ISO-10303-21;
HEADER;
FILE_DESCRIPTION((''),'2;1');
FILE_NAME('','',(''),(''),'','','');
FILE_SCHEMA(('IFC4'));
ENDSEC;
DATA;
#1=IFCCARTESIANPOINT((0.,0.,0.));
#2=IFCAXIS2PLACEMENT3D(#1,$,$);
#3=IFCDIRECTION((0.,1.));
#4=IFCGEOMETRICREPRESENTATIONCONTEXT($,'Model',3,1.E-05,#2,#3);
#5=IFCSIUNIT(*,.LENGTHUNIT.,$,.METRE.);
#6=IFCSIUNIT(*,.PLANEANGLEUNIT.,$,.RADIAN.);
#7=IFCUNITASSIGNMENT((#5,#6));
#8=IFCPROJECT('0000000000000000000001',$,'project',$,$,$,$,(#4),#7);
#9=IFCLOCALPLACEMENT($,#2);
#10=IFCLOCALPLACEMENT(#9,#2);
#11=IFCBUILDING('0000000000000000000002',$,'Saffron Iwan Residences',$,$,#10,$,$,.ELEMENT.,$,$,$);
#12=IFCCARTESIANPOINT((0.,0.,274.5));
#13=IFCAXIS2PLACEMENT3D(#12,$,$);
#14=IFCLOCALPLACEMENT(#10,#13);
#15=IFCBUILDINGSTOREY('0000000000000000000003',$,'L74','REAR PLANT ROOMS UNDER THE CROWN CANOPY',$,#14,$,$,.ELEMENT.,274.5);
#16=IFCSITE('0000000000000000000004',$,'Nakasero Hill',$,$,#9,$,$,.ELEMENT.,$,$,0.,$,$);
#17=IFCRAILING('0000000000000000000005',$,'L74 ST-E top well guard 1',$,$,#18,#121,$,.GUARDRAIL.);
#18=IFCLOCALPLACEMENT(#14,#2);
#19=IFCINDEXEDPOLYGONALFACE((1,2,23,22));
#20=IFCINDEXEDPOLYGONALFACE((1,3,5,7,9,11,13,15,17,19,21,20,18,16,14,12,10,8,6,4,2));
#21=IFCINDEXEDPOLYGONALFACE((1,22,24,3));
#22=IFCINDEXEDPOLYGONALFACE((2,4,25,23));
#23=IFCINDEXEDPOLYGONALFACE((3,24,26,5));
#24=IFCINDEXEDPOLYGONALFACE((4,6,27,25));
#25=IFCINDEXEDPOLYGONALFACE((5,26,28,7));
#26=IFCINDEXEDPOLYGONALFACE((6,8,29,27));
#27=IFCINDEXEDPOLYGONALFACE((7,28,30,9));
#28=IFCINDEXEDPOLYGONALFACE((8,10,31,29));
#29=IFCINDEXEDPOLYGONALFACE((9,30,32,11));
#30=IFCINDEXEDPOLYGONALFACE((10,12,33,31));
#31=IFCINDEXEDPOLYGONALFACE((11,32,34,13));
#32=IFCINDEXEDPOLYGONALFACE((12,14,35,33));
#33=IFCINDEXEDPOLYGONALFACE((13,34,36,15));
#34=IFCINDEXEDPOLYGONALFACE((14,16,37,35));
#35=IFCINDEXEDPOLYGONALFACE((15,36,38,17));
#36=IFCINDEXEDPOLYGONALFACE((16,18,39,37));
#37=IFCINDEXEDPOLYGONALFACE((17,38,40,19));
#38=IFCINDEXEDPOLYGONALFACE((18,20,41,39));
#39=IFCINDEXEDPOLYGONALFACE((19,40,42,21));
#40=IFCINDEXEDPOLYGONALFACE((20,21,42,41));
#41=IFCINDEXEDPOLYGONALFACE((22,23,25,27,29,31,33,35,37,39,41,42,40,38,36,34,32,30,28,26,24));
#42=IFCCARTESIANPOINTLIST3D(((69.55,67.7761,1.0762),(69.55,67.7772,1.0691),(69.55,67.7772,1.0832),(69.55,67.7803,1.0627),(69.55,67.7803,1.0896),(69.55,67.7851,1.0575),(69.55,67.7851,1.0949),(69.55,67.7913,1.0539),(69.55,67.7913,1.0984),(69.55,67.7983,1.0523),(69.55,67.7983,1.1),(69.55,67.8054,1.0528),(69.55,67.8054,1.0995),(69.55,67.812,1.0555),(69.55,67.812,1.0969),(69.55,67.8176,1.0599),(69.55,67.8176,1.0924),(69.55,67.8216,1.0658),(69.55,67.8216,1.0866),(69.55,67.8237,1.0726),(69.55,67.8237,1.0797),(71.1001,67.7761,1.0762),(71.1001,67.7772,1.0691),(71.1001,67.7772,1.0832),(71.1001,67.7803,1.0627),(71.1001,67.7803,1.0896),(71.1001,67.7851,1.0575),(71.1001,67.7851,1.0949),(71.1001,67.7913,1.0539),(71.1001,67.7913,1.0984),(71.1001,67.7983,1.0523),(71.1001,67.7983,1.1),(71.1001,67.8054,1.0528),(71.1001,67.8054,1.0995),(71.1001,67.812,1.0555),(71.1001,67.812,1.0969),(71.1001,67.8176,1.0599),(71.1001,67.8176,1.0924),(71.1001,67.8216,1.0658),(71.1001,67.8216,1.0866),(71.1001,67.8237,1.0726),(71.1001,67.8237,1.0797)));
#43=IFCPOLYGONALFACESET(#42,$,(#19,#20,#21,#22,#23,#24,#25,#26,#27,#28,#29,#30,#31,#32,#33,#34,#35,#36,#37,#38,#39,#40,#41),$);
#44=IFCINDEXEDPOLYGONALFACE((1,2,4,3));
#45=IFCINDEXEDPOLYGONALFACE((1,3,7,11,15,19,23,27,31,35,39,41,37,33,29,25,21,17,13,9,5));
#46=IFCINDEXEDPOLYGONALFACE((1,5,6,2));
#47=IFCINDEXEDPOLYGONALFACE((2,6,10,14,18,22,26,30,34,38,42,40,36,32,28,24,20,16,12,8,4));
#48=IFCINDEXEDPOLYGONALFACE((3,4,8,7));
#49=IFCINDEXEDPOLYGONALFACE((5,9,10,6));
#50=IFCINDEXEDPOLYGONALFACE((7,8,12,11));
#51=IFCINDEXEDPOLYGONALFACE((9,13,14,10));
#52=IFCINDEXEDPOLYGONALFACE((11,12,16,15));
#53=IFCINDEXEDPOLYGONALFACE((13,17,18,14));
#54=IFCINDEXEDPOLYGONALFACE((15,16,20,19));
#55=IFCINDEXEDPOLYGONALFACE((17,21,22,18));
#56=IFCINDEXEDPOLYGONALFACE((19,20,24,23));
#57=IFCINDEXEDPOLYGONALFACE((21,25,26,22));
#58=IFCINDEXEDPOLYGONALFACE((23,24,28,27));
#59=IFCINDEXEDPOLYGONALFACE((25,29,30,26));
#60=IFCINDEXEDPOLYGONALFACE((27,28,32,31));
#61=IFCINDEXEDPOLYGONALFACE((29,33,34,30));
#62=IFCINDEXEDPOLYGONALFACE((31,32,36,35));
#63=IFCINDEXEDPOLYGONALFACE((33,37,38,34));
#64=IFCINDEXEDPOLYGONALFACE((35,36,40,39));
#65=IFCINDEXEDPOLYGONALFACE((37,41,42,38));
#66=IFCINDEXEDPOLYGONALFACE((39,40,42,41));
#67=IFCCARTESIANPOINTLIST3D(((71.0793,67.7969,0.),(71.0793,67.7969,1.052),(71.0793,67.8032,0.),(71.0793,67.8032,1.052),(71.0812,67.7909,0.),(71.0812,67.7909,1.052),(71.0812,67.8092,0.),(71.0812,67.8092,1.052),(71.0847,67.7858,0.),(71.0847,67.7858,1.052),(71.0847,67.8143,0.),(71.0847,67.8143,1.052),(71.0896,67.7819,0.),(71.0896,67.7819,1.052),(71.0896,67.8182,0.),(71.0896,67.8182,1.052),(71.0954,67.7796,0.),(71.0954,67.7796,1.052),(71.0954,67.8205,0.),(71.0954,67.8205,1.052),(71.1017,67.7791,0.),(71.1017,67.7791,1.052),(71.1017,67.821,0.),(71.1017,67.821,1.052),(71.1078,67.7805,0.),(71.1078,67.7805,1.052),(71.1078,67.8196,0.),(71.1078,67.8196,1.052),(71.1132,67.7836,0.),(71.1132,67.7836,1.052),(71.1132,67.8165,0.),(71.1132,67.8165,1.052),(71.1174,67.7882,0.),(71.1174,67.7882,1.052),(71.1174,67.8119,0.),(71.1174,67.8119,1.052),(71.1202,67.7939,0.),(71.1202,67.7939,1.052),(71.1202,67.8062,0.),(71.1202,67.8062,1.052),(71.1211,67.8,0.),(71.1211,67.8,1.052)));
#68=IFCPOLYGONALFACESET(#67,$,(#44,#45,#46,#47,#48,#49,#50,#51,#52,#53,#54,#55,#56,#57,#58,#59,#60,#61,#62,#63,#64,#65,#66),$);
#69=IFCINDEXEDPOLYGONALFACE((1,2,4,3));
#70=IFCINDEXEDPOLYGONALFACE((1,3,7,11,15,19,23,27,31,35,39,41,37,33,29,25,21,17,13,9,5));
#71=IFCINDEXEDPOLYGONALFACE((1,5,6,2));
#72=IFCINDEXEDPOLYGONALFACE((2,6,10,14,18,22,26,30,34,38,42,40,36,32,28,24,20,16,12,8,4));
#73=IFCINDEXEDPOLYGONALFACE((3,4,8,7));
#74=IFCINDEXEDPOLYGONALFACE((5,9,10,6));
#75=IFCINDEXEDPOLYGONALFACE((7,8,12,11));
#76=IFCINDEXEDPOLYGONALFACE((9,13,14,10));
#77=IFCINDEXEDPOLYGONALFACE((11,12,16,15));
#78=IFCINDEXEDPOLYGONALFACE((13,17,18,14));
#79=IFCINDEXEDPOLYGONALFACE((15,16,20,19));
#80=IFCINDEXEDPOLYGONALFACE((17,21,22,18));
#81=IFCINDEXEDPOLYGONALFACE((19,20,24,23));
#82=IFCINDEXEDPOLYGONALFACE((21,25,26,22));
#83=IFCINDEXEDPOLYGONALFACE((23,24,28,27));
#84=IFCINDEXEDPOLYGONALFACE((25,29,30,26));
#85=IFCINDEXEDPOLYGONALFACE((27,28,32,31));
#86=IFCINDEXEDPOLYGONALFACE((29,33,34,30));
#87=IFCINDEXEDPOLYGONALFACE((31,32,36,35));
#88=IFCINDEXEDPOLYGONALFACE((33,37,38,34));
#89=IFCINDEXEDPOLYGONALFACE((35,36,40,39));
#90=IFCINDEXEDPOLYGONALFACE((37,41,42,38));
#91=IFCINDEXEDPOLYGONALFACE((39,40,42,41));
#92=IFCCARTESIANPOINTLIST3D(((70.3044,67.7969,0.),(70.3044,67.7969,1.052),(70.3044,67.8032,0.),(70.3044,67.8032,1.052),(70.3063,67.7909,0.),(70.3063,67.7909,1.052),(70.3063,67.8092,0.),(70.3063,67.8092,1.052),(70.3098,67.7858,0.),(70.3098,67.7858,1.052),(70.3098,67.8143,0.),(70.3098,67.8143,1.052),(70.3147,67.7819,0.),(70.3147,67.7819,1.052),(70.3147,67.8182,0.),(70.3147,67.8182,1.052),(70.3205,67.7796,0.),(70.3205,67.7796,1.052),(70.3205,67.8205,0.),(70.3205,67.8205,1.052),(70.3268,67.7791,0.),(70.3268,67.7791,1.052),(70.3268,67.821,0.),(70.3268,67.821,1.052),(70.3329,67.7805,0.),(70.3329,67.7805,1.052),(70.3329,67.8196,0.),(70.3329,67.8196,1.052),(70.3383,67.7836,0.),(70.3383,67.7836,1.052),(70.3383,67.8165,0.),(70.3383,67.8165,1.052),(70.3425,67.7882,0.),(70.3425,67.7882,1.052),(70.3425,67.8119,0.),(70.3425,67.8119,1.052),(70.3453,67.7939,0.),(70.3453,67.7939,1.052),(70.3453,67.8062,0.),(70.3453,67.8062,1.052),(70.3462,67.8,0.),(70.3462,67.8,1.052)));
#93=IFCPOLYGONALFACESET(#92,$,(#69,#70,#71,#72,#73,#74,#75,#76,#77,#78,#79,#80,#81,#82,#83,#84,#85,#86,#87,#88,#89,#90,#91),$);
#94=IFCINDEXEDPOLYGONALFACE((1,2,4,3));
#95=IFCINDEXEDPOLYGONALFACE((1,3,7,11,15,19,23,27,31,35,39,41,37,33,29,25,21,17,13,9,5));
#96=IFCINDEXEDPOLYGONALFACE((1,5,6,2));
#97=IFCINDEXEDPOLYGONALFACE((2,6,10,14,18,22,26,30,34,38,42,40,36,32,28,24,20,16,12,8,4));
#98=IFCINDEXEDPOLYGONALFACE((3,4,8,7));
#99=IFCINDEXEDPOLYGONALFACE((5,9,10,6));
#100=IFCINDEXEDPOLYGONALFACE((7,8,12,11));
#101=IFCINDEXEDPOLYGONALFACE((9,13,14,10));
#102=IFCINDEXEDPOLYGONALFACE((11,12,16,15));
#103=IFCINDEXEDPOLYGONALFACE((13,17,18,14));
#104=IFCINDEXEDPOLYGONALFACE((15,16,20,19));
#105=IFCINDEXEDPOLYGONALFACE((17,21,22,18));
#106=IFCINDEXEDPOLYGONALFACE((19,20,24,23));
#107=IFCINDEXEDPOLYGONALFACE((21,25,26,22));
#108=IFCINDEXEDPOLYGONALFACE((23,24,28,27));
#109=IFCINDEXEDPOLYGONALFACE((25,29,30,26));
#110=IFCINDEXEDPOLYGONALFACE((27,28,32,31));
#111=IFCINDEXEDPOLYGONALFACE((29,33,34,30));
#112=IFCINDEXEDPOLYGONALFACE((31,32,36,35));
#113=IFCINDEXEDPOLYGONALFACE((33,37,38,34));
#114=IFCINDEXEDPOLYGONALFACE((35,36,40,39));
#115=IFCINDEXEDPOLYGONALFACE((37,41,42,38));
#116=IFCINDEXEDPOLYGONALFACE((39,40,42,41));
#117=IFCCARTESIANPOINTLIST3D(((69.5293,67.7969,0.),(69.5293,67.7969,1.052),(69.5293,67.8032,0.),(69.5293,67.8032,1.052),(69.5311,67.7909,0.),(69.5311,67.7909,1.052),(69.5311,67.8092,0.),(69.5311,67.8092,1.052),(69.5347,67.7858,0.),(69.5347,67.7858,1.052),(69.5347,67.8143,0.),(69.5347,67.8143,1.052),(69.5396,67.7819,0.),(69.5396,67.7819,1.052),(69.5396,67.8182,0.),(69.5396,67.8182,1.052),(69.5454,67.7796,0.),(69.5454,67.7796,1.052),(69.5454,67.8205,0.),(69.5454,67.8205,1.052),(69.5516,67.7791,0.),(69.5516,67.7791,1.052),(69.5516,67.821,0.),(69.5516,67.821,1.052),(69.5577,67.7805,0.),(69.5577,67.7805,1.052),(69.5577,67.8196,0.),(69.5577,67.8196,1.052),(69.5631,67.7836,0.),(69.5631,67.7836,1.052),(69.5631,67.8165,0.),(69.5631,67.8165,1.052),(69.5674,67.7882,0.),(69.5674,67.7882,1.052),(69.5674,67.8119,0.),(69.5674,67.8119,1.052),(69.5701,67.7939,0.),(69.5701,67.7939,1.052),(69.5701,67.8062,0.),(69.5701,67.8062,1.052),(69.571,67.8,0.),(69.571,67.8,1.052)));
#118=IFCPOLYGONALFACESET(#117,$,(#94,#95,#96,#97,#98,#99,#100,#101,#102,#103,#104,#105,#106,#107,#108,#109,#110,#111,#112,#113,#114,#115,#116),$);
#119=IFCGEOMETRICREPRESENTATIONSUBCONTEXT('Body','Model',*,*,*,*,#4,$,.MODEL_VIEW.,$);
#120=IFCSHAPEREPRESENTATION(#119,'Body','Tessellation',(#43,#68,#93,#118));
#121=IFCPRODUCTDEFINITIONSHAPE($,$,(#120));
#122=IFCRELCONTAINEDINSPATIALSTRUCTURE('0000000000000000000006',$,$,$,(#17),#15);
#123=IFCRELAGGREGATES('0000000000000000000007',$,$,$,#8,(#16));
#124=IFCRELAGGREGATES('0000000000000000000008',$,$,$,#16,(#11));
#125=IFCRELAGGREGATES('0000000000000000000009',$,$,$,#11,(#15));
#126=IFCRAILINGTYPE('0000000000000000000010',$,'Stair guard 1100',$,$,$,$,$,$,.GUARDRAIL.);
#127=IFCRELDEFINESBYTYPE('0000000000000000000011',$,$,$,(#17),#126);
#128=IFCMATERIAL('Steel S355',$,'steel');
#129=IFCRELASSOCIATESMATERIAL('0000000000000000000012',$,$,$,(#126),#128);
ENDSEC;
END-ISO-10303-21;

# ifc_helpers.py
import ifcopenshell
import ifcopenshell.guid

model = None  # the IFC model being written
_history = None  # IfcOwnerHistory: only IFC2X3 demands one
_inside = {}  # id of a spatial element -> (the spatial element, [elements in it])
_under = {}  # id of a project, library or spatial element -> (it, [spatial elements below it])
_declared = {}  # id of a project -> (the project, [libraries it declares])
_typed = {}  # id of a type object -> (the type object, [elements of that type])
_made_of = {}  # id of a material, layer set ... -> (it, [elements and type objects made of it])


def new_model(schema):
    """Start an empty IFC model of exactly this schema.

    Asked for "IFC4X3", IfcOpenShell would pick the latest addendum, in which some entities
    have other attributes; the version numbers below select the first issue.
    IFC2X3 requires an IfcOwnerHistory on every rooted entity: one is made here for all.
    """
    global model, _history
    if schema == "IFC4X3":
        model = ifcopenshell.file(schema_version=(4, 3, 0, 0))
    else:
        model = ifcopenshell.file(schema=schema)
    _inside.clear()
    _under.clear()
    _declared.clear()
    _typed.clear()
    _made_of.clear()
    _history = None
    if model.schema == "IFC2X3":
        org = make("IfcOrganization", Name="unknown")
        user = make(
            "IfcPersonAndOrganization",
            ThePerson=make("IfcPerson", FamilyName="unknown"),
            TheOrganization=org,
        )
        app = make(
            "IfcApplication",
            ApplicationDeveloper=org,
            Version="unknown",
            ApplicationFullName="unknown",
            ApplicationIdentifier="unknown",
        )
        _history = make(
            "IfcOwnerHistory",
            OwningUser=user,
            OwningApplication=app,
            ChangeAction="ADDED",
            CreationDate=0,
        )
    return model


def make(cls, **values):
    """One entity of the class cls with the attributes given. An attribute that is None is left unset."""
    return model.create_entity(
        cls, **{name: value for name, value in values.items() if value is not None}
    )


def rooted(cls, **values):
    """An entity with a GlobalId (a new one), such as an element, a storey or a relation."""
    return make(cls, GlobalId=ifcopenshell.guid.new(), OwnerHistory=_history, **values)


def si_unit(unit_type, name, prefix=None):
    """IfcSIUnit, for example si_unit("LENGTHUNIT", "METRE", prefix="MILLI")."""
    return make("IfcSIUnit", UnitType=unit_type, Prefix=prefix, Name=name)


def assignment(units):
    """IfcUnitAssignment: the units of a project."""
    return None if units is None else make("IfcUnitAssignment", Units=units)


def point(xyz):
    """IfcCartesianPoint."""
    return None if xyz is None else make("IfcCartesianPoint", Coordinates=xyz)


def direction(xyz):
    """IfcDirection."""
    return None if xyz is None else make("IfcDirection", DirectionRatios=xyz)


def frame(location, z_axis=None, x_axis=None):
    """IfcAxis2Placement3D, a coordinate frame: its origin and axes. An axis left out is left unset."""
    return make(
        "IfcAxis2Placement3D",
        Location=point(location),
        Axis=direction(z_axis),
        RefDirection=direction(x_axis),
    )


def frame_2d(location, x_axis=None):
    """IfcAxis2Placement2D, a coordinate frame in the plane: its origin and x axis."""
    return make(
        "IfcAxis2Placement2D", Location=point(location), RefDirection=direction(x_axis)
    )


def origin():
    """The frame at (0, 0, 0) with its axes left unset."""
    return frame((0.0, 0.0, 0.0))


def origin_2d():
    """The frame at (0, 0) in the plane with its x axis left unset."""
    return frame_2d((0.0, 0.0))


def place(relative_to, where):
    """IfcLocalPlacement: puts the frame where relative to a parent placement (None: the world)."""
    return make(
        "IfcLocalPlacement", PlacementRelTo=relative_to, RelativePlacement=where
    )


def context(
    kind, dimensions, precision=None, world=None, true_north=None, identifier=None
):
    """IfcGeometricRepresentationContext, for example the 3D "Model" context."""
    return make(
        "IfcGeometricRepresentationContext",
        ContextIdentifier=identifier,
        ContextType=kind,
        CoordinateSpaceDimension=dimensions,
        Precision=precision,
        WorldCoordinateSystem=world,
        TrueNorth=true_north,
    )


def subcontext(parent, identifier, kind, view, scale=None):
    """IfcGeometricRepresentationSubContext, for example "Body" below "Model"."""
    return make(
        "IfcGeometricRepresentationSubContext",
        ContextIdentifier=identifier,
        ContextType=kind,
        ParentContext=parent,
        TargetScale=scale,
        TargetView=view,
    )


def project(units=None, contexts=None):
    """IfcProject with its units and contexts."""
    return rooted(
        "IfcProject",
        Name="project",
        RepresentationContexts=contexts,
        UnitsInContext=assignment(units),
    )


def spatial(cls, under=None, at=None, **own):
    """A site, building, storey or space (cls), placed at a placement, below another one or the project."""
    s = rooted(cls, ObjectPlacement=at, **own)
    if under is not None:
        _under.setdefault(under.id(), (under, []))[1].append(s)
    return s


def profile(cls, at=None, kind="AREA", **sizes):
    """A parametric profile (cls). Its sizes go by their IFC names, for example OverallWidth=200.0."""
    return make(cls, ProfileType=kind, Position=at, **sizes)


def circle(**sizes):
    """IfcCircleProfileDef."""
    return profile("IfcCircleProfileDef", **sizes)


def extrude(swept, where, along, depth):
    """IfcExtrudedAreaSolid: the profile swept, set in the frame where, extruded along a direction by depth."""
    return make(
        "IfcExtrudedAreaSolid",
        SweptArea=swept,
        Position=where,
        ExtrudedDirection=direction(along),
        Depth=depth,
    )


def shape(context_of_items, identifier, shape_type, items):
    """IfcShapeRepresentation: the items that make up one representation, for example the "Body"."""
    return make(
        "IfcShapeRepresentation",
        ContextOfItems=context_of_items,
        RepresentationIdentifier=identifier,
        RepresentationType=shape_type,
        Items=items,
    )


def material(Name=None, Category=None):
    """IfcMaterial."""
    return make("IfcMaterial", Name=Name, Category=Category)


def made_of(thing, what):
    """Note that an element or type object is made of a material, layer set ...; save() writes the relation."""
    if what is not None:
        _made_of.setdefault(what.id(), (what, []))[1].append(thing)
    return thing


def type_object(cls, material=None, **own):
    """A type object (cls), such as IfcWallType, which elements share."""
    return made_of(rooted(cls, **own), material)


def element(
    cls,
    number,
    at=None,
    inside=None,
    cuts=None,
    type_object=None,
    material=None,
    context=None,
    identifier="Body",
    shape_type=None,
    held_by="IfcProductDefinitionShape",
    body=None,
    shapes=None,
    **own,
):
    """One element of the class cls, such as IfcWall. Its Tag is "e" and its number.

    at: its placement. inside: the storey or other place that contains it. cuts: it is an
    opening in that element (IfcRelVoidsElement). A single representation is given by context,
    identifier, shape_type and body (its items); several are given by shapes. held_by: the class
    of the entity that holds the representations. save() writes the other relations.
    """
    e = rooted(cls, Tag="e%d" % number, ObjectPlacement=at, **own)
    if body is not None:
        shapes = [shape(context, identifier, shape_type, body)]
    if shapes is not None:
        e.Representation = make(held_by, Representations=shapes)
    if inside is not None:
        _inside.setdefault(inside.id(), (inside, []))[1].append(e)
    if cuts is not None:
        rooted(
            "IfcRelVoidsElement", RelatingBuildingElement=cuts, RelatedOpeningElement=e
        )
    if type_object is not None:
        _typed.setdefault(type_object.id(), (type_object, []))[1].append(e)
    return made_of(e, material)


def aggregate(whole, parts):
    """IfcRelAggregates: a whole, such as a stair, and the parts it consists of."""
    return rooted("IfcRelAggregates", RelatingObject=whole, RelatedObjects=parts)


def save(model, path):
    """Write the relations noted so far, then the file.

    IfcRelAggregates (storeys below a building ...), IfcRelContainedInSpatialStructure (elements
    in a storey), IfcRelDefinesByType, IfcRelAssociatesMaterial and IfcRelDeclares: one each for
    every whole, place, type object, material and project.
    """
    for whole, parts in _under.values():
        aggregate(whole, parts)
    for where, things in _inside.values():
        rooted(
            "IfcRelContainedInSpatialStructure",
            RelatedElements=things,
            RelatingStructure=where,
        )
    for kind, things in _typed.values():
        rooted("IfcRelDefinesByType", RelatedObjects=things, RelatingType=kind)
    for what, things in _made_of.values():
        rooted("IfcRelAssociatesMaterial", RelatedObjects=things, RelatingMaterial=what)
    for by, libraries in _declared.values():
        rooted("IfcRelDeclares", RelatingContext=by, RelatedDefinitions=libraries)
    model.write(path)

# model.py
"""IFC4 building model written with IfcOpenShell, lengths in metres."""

from ifc_helpers import new_model, si_unit, direction, frame, origin, origin_2d, place, context, subcontext, project, spatial, circle, extrude, material, type_object, element, save


model = new_model("IFC4")

# Units and contexts
model_context = context("Model", 3, precision=1e-05, world=origin(), true_north=direction((0.0, 1.0)))
body_context = subcontext(model_context, "Body", "Model", "MODEL_VIEW")
ifc_project = project(units=[si_unit("LENGTHUNIT", "METRE"), si_unit("PLANEANGLEUNIT", "RADIAN")], contexts=[model_context])

# Site, building, storey
site_placement = place(None, origin())
site = spatial("IfcSite", under=ifc_project, at=site_placement, Name="Nakasero Hill", CompositionType="ELEMENT", RefElevation=0.0)
building_placement = place(site_placement, origin())
building = spatial("IfcBuilding", under=site, at=building_placement, Name="Saffron Iwan Residences", CompositionType="ELEMENT")
storey_placement = place(building_placement, frame((0.0, 0.0, 274.5)))
storey = spatial("IfcBuildingStorey", under=building, at=storey_placement, Name="L74", Description="REAR PLANT ROOMS UNDER THE CROWN CANOPY", CompositionType="ELEMENT", Elevation=274.5)

# Railing
ifc_material_1 = material(Name="Steel S355", Category="steel")
railing_type = type_object("IfcRailingType", Name="Stair guard 1100", PredefinedType="GUARDRAIL", material=ifc_material_1)
railing_1_placement = place(storey_placement, frame((71.1001, 67.8, 0.0)))
element("IfcRailing", 1, at=railing_1_placement, inside=storey, type_object=railing_type, Name="L74 ST-E top well guard 1", PredefinedType="GUARDRAIL", context=body_context, shape_type="SweptSolid", body=[
    extrude(circle(Radius=0.0239, at=origin_2d()), frame((0.0, 0.0, 1.0762), z_axis=(-1.0, 0.0, 0.0), x_axis=(0.0, -1.0, 0.0)), (0.0, 0.0, 1.0), 1.55),
    extrude(circle(Radius=0.021, at=origin_2d()), origin(), (0.0, 0.0, 1.0), 1.052),
    extrude(circle(Radius=0.021, at=origin_2d()), frame((-0.7749, 0.0, 0.0)), (0.0, 0.0, 1.0), 1.052),
    extrude(circle(Radius=0.021, at=origin_2d()), frame((-1.55, 0.0, 0.0)), (0.0, 0.0, 1.0), 1.052),
])

save(model, "model.ifc")
